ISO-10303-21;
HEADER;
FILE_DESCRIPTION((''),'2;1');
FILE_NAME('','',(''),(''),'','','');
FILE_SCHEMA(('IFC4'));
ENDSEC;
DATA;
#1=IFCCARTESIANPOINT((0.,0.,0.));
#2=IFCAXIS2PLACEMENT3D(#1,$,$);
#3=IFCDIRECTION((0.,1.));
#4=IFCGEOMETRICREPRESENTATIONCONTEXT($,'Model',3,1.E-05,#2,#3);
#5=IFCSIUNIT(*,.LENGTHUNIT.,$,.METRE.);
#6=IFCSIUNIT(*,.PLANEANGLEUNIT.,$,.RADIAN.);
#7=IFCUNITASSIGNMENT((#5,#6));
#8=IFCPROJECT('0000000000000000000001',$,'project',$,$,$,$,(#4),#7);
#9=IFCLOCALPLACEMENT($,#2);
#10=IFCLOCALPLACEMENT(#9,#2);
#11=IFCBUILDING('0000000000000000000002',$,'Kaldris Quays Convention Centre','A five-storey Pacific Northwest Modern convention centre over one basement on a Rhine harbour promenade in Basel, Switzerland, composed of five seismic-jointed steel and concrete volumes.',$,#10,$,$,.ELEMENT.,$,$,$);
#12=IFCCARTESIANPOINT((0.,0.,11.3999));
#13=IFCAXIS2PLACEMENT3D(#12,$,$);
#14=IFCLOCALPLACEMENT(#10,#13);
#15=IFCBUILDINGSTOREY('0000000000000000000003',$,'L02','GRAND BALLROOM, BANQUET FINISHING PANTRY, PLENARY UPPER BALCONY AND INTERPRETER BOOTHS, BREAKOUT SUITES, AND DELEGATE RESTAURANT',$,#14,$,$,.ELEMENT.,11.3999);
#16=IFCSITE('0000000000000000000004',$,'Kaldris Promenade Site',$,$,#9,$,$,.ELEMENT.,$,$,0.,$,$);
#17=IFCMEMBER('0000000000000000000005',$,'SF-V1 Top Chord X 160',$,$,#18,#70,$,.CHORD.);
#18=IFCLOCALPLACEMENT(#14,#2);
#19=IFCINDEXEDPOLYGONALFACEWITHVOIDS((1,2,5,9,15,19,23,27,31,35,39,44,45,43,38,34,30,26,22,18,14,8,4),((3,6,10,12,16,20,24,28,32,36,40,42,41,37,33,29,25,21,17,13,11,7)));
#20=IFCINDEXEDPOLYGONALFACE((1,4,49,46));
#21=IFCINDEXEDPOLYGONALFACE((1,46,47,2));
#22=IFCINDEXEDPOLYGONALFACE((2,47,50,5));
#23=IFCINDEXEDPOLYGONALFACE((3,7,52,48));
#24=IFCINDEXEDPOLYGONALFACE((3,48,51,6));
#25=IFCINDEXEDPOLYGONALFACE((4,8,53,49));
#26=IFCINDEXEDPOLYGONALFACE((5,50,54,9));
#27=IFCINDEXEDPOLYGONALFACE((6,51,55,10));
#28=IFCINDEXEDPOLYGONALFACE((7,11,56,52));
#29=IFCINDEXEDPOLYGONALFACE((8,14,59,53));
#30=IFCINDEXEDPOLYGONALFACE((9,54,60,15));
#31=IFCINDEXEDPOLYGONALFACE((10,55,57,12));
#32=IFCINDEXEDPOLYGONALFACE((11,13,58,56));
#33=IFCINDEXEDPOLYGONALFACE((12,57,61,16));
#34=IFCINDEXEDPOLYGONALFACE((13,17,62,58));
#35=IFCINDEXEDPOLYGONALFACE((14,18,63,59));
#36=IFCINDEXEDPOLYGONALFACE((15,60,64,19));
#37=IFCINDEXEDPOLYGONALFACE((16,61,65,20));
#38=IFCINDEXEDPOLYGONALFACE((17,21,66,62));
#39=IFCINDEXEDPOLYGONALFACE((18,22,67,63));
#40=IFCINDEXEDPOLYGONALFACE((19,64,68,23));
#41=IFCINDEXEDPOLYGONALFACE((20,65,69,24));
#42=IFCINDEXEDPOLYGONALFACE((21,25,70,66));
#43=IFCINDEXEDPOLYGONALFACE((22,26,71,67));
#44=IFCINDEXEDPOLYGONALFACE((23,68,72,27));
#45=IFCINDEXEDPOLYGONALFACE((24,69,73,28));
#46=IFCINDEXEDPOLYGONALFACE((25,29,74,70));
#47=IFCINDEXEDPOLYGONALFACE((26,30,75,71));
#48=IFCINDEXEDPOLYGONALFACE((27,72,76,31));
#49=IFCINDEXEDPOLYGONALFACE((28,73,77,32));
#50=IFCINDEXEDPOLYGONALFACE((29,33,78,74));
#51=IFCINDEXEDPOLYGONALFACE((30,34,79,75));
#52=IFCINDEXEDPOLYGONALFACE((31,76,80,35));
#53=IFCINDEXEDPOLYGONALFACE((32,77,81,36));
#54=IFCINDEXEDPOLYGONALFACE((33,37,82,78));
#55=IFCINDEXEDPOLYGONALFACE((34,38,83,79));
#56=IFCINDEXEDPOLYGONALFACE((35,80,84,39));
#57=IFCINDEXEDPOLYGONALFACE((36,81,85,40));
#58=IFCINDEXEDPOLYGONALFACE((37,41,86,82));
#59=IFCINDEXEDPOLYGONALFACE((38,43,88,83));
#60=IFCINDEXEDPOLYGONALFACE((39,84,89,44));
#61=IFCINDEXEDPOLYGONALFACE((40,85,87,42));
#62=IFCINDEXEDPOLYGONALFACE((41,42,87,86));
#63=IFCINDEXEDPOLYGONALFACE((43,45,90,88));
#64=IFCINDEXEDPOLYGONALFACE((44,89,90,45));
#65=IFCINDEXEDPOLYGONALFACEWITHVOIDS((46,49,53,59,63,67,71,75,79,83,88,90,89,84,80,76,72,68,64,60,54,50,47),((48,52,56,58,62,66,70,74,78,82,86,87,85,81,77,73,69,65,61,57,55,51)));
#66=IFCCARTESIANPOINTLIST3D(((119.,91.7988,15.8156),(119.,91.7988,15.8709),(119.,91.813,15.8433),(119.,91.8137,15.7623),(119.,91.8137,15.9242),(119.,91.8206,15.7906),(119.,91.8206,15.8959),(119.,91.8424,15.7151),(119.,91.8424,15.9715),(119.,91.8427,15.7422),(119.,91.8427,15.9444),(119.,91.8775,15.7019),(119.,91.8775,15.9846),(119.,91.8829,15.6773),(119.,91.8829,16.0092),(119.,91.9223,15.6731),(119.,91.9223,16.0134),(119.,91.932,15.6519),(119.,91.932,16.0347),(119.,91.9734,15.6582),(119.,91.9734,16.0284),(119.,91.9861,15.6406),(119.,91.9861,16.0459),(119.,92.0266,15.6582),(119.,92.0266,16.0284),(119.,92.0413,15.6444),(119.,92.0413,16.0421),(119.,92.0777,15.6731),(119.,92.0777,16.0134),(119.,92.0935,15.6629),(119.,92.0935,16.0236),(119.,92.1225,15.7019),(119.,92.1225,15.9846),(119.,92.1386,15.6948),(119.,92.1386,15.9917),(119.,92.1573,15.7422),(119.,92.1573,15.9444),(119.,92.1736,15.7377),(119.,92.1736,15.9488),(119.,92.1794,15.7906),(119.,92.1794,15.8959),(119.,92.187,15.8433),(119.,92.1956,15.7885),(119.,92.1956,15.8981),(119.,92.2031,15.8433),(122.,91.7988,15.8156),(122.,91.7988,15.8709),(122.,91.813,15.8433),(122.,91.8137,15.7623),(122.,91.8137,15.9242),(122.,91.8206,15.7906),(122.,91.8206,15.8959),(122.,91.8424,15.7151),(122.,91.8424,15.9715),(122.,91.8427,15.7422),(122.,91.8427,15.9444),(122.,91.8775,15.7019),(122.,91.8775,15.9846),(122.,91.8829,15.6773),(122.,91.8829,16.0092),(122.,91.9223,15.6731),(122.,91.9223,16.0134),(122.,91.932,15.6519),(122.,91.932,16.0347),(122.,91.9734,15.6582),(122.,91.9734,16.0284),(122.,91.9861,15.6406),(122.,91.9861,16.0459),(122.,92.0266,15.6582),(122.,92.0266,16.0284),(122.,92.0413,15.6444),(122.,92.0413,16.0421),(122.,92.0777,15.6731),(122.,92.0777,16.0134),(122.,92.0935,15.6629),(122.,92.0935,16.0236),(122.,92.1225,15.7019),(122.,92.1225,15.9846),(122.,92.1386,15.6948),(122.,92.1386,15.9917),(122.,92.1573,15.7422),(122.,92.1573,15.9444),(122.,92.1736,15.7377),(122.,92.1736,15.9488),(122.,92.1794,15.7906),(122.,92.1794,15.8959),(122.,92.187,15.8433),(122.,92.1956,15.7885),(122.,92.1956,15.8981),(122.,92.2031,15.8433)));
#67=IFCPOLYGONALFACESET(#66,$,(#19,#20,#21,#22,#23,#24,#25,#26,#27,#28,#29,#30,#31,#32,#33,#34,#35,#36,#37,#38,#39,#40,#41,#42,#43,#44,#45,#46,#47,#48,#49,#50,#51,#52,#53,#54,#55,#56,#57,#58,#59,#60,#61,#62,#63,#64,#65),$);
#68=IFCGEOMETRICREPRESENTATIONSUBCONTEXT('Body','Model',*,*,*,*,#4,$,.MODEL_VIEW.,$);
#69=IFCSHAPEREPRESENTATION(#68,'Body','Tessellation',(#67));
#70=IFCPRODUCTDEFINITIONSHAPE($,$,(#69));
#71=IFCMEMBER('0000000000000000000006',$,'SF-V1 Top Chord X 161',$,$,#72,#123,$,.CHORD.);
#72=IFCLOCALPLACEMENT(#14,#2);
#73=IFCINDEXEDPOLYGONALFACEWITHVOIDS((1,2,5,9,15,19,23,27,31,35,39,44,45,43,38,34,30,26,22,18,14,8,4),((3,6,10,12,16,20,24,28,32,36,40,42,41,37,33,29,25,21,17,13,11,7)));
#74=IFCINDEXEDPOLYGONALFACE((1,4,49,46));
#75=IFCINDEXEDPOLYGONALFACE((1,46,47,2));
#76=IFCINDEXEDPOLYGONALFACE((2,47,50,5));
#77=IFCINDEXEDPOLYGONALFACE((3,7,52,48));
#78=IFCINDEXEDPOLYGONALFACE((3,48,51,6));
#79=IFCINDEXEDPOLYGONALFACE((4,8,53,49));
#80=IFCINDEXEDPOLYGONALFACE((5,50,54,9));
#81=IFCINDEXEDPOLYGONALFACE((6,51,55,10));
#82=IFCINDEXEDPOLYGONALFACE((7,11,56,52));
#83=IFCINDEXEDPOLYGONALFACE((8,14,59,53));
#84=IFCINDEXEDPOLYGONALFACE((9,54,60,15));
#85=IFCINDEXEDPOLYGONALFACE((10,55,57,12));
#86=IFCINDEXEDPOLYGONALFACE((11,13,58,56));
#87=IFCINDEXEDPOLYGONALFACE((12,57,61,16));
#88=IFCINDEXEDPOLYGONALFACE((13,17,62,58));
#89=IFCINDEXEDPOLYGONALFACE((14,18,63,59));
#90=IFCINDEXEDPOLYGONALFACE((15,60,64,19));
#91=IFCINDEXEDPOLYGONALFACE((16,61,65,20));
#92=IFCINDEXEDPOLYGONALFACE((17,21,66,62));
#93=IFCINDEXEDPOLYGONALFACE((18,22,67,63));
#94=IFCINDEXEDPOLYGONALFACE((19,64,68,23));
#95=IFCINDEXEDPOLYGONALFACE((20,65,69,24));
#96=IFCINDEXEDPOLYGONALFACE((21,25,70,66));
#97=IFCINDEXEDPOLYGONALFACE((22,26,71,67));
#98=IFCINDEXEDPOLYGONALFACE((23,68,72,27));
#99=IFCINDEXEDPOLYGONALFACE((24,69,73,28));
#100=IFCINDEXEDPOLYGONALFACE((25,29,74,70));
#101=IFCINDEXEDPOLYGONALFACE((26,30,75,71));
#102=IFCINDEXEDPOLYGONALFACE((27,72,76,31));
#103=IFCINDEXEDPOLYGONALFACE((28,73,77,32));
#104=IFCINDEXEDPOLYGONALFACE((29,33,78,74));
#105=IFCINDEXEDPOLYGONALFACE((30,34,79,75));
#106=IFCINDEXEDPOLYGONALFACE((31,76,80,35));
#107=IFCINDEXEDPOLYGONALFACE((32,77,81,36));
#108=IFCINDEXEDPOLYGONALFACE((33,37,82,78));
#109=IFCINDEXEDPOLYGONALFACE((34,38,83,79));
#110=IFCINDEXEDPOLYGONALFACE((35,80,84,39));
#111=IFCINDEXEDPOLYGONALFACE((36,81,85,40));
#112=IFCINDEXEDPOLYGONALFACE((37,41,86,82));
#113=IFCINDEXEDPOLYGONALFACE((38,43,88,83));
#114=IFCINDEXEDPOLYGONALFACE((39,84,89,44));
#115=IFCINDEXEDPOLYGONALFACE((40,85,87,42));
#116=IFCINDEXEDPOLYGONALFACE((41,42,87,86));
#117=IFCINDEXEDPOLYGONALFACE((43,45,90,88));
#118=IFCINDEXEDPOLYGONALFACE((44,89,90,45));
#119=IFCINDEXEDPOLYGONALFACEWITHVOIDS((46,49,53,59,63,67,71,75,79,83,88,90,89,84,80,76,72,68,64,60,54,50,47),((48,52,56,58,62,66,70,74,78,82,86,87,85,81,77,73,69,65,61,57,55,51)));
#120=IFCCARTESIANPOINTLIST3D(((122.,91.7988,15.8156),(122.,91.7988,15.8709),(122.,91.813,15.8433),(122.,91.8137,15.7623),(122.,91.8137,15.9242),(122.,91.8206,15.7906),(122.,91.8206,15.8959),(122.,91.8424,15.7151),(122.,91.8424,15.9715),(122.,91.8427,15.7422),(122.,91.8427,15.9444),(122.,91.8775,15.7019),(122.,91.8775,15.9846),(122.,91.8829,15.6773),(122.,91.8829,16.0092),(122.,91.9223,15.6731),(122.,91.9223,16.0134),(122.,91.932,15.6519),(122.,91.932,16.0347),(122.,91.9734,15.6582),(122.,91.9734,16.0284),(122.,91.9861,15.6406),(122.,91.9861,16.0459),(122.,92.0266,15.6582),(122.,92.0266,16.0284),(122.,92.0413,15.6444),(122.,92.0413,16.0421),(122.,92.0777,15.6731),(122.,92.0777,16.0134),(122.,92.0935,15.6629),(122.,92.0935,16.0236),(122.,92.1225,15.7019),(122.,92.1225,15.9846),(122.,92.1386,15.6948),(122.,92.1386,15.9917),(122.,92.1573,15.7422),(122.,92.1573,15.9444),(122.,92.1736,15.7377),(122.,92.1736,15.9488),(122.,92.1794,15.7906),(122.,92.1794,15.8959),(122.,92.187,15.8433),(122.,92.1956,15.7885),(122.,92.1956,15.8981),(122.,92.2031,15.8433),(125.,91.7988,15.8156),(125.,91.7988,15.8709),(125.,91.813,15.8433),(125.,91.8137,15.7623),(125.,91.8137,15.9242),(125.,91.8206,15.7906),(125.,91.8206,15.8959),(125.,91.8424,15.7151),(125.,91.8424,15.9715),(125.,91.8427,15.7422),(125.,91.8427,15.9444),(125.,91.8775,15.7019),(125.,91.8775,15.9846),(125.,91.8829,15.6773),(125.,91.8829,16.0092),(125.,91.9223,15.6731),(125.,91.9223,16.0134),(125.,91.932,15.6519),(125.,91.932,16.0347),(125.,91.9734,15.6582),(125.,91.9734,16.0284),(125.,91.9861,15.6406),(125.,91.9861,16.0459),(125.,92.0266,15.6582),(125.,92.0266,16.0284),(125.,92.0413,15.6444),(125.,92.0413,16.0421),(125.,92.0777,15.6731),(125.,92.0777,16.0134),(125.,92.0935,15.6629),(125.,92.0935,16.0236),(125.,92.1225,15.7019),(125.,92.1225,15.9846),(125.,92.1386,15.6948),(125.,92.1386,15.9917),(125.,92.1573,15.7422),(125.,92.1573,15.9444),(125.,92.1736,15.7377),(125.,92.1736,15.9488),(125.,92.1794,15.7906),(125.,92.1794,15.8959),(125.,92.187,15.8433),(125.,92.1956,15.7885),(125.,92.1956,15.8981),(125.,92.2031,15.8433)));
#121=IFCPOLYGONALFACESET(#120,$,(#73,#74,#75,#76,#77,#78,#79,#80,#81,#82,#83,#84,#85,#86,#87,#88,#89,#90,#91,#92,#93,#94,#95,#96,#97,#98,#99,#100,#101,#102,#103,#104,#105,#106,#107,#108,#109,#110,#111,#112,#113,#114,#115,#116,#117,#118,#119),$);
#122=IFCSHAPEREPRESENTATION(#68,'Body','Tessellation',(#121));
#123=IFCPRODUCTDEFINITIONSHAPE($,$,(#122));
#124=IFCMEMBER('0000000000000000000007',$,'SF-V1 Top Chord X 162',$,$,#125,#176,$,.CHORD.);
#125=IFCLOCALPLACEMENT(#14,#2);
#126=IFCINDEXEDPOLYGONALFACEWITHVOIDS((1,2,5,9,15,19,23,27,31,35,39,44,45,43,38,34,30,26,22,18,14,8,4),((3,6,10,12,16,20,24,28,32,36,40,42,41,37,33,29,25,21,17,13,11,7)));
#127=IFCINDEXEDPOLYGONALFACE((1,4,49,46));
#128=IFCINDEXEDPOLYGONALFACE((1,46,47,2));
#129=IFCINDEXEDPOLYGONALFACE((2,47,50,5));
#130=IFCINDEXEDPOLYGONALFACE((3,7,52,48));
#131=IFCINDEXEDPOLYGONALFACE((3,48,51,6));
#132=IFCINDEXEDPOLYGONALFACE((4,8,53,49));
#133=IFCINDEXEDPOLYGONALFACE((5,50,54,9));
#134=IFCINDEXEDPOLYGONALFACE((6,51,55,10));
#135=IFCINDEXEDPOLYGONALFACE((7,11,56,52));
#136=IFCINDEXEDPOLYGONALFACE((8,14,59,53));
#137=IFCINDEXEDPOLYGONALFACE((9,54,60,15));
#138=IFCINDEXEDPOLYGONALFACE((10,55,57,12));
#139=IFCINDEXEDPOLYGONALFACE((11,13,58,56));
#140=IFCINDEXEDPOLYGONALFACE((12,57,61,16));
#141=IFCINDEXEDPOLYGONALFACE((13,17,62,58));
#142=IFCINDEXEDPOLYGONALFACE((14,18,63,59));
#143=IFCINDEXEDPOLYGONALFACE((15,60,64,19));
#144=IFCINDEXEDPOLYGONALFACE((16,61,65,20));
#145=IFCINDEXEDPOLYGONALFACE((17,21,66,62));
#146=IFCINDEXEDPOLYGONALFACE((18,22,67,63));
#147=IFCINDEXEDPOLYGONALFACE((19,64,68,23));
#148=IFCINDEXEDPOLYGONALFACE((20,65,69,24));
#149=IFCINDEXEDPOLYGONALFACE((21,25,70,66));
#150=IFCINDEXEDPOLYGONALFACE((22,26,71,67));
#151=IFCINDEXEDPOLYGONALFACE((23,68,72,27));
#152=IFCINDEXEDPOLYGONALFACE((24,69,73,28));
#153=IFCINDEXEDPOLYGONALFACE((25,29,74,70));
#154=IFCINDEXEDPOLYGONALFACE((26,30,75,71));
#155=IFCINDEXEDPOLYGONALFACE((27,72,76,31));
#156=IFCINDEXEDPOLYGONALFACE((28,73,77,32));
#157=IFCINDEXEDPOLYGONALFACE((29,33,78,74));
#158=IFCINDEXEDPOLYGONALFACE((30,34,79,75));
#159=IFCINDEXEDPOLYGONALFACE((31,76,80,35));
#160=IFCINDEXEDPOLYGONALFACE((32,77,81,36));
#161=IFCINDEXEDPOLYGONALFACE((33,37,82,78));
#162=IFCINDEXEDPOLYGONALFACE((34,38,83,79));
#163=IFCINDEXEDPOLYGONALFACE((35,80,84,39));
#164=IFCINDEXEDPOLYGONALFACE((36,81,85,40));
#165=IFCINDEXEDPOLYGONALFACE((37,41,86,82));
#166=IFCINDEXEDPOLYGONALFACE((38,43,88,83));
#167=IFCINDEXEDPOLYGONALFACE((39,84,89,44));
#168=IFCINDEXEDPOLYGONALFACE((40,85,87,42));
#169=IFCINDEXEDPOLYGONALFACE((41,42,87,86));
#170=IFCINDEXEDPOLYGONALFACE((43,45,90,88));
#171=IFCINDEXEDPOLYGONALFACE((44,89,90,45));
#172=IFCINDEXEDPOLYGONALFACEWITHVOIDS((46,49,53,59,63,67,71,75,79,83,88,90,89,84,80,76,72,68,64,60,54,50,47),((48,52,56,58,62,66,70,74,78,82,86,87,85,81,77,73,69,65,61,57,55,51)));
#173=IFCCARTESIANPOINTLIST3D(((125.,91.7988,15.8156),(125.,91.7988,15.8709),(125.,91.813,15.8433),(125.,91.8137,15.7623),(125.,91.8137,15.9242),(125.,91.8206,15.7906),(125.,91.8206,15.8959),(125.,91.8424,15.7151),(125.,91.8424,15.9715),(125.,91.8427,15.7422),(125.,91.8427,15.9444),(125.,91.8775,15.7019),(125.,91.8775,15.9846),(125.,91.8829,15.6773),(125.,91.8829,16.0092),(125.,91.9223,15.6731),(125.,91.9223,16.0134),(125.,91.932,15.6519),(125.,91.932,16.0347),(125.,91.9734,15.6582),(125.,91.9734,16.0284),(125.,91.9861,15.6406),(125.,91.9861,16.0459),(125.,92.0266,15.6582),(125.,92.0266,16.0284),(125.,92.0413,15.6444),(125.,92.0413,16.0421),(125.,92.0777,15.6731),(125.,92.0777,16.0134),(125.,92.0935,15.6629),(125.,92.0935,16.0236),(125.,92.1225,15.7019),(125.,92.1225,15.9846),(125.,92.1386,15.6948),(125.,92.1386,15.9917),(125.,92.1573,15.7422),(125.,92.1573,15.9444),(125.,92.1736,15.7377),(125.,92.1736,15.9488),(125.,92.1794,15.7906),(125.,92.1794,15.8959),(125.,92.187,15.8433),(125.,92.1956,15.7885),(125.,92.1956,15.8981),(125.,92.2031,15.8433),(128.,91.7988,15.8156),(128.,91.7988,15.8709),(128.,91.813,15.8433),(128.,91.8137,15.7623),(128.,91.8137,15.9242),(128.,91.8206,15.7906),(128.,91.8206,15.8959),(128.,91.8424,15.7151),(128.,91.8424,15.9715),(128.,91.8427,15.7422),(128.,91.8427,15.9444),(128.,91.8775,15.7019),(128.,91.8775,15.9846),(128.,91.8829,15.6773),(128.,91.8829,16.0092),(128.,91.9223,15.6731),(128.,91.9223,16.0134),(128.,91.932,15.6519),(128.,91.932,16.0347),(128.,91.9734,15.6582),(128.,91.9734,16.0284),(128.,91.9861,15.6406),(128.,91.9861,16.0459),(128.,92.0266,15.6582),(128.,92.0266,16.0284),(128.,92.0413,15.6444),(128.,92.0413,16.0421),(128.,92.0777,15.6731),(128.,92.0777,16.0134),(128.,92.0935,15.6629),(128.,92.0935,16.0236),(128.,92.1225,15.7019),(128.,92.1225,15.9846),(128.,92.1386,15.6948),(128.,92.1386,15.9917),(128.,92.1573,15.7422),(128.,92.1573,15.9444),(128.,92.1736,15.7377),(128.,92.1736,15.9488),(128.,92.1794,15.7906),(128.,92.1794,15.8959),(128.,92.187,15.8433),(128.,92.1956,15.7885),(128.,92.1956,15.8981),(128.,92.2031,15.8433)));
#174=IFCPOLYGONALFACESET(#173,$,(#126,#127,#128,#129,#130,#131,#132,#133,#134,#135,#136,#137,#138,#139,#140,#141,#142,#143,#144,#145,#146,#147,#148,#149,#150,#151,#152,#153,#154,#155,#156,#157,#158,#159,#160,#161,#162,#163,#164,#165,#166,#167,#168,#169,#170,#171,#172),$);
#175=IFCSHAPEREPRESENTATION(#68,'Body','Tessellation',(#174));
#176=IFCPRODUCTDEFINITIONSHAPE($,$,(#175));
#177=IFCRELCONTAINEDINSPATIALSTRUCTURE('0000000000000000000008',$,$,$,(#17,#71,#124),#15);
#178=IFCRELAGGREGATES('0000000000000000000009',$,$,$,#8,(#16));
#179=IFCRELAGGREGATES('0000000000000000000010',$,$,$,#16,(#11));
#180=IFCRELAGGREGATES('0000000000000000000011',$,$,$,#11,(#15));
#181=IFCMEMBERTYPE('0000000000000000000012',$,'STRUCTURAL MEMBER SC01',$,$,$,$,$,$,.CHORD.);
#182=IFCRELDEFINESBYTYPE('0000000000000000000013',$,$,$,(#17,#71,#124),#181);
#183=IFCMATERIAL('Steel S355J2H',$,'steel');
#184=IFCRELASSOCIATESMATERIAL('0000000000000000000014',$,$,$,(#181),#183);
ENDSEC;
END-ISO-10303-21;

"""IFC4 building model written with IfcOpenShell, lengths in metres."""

from ifc_helpers import new_model, si_unit, direction, frame, origin, origin_2d, place, context, subcontext, project, spatial, hollow_circle, extrude, material, material_profile, profile_set, type_object, element, save


model = new_model("IFC4")

# Units and contexts
model_context = context("Model", 3, precision=1e-05, world=origin(), true_north=direction((0.0, 1.0)))
body_context = subcontext(model_context, "Body", "Model", "MODEL_VIEW")
ifc_project = project(units=[si_unit("LENGTHUNIT", "METRE"), si_unit("PLANEANGLEUNIT", "RADIAN")], contexts=[model_context])

# Site, building, storey
site_placement = place(None, origin())
site = spatial("IfcSite", under=ifc_project, at=site_placement, Name="Kaldris Promenade Site", CompositionType="ELEMENT", RefElevation=0.0)
building_placement = place(site_placement, origin())
building = spatial("IfcBuilding", under=site, at=building_placement, Name="Kaldris Quays Convention Centre", Description="A five-storey Pacific Northwest Modern convention centre over one basement on a Rhine harbour promenade in Basel, Switzerland, composed of five seismic-jointed steel and concrete volumes.", CompositionType="ELEMENT")
storey_placement = place(building_placement, frame((0.0, 0.0, 11.3999)))
storey = spatial("IfcBuildingStorey", under=building, at=storey_placement, Name="L02", Description="GRAND BALLROOM, BANQUET FINISHING PANTRY, PLENARY UPPER BALCONY AND INTERPRETER BOOTHS, BREAKOUT SUITES, AND DELEGATE RESTAURANT", CompositionType="ELEMENT", Elevation=11.3999)

# Members
ifc_material_1 = material(Name="Steel S355J2H", Category="steel")
ifc_material_profile_1 = material_profile(ifc_material_1, hollow_circle(Radius=0.2031, WallThickness=0.0161, at=origin_2d()), Name="CHS 406.4x16")
ifc_profile_set_1 = profile_set([ifc_material_profile_1], Name="Steel S355J2H")
member_type_1 = type_object("IfcMemberType", Name="STRUCTURAL MEMBER SC01", PredefinedType="CHORD", material=ifc_profile_set_1)
for number, where, z_axis, x_axis, name in (
    (1, (119.0, 92.0, 15.8433), (1.0, 0.0, 0.0), (0.0, 1.0, 0.0), "SF-V1 Top Chord X 160"),
    (2, (122.0, 92.0, 15.8433), (1.0, 0.0, 0.0), (0.0, 1.0, 0.0), "SF-V1 Top Chord X 161"),
    (3, (125.0, 92.0, 15.8433), (1.0, 0.0, 0.0), (0.0, 1.0, 0.0), "SF-V1 Top Chord X 162"),
):
    element("IfcMember", number, at=place(storey_placement, frame(where, z_axis=z_axis, x_axis=x_axis)), inside=storey, type_object=member_type_1, Name=name, PredefinedType="CHORD", context=body_context, shape_type="SweptSolid", body=[
        extrude(hollow_circle(Radius=0.2031, WallThickness=0.0161, at=origin_2d()), origin(), (0.0, 0.0, 1.0), 3.0),
    ])

save(model, "model.ifc")
